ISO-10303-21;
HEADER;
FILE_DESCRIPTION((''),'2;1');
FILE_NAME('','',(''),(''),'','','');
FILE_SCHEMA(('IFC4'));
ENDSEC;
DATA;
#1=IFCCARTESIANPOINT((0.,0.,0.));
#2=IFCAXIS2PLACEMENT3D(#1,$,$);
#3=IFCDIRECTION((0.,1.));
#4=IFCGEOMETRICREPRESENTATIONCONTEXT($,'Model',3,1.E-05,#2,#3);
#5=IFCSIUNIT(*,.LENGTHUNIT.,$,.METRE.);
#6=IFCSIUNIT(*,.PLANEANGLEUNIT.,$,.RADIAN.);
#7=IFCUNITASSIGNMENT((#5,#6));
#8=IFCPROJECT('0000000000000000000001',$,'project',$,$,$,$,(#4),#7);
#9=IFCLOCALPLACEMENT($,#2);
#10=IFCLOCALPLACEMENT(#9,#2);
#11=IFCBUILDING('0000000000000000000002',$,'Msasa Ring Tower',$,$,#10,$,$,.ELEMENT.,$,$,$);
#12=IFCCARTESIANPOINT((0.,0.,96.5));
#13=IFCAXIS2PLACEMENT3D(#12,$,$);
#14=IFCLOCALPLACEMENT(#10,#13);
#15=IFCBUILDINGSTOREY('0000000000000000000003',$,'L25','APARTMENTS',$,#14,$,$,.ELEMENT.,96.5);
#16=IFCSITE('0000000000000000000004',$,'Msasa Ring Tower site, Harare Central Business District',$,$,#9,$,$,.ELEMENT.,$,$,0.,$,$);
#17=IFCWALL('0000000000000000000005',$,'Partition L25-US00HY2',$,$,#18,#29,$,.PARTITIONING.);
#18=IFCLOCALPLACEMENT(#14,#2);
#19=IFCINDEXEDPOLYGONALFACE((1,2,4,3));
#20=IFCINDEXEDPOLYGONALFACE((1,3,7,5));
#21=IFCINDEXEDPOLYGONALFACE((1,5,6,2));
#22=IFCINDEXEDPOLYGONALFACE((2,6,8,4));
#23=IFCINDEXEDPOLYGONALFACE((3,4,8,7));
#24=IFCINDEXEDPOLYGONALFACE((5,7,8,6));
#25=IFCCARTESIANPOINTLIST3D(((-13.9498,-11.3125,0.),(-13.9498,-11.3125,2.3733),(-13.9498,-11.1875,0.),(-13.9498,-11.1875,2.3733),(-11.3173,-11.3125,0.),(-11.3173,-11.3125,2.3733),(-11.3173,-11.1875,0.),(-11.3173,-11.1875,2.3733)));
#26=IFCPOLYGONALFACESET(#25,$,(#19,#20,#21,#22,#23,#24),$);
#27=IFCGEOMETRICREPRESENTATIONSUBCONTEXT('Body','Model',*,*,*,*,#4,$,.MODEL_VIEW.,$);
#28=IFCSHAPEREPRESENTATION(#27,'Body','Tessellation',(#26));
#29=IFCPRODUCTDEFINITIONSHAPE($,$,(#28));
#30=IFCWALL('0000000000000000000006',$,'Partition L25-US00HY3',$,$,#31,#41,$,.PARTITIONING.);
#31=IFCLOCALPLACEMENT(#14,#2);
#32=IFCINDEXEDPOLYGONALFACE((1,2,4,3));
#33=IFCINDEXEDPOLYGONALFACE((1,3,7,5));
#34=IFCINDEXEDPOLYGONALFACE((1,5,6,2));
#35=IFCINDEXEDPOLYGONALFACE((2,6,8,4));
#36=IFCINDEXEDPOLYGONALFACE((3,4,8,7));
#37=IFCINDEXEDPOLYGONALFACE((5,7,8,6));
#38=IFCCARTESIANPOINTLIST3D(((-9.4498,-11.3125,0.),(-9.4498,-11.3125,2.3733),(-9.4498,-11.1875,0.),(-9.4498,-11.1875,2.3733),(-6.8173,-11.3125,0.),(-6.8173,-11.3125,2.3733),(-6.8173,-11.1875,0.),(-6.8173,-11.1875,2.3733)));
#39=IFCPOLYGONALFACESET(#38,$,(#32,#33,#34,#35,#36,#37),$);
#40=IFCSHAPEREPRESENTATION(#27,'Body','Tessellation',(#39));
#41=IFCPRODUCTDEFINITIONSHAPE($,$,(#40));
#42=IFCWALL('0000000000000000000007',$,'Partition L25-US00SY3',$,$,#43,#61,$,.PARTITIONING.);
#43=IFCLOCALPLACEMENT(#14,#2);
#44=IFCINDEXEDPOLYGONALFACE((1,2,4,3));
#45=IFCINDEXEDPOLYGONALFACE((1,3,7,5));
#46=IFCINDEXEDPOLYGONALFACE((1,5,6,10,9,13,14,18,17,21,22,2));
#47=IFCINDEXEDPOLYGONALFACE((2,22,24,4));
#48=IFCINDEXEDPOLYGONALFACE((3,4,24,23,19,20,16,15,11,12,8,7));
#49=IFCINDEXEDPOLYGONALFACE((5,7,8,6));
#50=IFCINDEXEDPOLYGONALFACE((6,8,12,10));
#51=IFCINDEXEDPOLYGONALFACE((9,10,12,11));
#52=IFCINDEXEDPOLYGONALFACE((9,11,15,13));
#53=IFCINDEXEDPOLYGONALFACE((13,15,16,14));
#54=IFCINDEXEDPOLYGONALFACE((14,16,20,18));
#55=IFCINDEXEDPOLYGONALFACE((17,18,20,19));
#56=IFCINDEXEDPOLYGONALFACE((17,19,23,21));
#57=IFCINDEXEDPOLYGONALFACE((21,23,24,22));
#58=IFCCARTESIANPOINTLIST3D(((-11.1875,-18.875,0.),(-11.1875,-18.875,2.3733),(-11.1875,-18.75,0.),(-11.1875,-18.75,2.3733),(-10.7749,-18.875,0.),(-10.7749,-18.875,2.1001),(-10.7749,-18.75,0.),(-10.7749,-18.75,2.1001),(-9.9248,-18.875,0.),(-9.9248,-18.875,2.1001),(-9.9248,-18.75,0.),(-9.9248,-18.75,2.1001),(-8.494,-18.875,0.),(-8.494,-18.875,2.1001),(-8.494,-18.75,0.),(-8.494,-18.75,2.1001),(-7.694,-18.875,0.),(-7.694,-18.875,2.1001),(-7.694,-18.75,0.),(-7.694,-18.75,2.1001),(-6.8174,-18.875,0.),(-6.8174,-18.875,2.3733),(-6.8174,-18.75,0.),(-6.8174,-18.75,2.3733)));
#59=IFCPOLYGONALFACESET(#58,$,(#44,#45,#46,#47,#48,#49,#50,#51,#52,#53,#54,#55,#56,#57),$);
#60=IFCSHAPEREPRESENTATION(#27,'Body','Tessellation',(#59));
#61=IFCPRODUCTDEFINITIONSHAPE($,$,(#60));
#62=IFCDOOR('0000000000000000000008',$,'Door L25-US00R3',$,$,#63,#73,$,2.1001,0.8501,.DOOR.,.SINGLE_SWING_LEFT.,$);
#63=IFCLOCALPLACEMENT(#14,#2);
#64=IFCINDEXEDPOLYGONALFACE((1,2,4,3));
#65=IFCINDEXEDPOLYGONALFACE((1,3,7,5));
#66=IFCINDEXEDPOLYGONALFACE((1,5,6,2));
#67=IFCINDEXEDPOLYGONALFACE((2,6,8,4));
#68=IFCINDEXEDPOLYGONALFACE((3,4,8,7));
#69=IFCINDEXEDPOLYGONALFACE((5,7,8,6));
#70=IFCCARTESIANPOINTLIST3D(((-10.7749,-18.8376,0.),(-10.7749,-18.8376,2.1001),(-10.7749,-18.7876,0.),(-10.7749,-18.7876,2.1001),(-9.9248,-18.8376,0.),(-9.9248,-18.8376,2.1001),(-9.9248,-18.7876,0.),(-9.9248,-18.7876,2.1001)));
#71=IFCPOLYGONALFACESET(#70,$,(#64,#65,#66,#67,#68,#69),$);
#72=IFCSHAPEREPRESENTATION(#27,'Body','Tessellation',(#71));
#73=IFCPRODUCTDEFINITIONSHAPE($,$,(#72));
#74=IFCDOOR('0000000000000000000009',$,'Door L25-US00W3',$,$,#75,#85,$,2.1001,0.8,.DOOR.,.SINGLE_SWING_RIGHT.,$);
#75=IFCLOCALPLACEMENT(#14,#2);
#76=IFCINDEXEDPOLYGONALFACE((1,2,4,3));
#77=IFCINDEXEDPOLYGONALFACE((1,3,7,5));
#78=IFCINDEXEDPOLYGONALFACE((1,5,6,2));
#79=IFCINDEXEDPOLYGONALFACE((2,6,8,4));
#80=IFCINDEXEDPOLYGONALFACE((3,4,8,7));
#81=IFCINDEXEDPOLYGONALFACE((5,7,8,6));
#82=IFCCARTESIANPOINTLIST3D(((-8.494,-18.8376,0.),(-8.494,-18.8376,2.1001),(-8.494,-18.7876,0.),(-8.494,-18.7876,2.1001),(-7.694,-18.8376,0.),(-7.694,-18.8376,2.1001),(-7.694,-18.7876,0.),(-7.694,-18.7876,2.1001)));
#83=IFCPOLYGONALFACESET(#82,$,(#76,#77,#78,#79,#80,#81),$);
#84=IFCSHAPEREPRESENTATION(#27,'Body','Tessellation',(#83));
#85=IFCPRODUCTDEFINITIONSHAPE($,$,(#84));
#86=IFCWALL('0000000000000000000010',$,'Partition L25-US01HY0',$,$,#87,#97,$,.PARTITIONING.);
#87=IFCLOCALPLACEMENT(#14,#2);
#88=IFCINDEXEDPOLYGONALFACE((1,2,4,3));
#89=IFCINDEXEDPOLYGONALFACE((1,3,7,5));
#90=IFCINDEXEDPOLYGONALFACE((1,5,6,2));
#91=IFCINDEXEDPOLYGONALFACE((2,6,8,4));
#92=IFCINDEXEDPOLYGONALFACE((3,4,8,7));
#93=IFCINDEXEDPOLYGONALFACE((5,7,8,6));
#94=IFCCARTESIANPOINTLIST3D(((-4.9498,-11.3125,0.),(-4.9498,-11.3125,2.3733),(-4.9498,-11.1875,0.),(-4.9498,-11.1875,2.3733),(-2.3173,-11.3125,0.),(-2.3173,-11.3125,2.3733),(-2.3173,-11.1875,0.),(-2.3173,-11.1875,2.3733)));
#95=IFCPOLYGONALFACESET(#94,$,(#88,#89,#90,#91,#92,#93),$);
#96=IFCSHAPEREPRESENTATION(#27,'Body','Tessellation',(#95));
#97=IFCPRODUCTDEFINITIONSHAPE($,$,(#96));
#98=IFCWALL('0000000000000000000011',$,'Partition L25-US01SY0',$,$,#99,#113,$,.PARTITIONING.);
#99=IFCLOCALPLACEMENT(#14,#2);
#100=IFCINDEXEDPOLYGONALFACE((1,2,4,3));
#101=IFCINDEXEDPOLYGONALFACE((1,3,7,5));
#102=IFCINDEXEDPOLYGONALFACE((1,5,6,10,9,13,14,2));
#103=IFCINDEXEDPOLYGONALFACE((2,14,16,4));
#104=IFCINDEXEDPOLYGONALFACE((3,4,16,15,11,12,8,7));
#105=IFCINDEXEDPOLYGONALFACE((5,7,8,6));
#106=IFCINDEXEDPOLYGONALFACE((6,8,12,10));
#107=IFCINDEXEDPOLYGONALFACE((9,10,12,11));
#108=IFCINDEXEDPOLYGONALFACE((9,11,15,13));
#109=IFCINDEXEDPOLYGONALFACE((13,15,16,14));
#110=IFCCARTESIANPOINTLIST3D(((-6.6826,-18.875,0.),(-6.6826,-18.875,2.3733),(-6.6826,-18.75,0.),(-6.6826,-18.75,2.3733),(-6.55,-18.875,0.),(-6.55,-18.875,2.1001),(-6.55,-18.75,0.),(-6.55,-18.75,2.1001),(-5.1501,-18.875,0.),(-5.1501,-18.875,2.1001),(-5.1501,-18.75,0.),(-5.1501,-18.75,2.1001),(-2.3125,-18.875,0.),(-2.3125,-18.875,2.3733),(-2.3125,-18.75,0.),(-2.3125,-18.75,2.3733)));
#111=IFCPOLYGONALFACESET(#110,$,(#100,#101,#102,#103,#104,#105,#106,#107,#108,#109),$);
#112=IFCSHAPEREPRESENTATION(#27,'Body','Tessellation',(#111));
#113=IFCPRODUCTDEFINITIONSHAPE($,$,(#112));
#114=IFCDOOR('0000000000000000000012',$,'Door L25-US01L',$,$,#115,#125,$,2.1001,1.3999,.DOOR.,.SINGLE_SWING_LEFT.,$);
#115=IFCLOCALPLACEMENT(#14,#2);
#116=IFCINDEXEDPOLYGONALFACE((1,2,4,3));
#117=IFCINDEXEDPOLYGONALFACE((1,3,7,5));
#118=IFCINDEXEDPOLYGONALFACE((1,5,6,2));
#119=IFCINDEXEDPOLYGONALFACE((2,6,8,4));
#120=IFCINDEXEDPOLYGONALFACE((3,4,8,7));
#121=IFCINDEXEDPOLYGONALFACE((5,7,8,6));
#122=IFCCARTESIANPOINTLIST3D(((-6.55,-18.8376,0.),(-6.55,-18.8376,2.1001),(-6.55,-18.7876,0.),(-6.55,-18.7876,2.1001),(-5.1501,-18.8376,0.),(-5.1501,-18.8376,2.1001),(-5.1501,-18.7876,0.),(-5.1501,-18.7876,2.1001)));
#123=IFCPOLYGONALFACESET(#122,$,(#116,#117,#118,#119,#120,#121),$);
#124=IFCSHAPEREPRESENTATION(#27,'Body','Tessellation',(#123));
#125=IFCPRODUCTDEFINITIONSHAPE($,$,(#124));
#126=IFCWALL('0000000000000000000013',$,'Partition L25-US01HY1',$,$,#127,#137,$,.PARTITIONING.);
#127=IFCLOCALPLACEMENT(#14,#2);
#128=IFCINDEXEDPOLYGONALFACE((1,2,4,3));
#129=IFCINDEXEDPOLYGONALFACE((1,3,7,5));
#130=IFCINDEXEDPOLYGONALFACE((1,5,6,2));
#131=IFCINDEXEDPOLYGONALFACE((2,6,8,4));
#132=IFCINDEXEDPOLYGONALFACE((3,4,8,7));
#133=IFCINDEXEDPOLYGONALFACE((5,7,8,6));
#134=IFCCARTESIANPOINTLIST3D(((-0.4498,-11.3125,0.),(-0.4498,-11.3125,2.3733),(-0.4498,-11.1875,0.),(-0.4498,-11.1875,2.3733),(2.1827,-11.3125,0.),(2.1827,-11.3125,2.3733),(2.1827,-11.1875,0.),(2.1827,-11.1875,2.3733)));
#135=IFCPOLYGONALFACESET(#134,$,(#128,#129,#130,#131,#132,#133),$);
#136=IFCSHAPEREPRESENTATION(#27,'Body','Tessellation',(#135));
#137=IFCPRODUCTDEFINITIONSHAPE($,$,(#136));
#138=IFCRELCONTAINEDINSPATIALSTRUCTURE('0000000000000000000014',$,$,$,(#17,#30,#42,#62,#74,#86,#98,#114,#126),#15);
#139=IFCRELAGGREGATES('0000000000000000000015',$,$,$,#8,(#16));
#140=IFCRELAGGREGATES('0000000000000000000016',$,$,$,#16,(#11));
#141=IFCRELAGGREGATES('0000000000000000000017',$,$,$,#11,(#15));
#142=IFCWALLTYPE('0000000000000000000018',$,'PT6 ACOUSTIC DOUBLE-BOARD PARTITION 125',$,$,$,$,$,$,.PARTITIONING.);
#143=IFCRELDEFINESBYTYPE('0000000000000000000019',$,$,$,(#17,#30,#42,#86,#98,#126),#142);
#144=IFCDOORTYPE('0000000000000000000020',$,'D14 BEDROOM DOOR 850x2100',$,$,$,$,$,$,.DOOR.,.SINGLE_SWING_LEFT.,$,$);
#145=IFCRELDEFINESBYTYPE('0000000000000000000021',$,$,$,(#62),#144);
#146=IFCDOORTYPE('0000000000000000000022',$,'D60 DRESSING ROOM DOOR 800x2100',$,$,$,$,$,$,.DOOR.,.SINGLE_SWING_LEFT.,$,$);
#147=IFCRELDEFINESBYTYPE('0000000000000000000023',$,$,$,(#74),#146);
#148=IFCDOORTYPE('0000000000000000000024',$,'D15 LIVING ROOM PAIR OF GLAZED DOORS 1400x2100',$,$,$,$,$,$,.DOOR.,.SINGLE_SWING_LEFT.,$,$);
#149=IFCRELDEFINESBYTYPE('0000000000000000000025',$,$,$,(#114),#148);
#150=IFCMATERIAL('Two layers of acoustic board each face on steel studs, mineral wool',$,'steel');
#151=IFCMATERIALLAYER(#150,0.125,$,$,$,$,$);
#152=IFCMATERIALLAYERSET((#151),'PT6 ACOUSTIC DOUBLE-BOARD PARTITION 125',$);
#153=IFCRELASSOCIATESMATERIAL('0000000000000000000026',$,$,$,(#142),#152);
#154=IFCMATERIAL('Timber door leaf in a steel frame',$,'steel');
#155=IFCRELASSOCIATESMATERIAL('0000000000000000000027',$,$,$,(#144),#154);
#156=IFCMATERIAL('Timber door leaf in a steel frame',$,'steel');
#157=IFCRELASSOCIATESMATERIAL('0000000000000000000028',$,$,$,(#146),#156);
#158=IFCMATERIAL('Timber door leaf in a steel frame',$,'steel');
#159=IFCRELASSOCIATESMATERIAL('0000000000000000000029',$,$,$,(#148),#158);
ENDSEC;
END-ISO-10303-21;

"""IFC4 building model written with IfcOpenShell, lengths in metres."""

from ifc_helpers import new_model, si_unit, direction, frame, frame_2d, origin, place, context, subcontext, project, spatial, rectangle, extrude, material, layer, layer_set, type_object, element, fill, save


model = new_model("IFC4")

# Units and contexts
model_context = context("Model", 3, precision=1e-05, world=origin(), true_north=direction((0.0, 1.0)))
body_context = subcontext(model_context, "Body", "Model", "MODEL_VIEW")
ifc_project = project(units=[si_unit("LENGTHUNIT", "METRE"), si_unit("PLANEANGLEUNIT", "RADIAN")], contexts=[model_context])

# Site, building, storey
site_placement = place(None, origin())
site = spatial("IfcSite", under=ifc_project, at=site_placement, Name="Msasa Ring Tower site, Harare Central Business District", CompositionType="ELEMENT", RefElevation=0.0)
building_placement = place(site_placement, origin())
building = spatial("IfcBuilding", under=site, at=building_placement, Name="Msasa Ring Tower", CompositionType="ELEMENT")
storey_placement = place(building_placement, frame((0.0, 0.0, 96.5)))
storey = spatial("IfcBuildingStorey", under=building, at=storey_placement, Name="L25", Description="APARTMENTS", CompositionType="ELEMENT", Elevation=96.5)

# Walls
ifc_material_1 = material(Name="Two layers of acoustic board each face on steel studs, mineral wool", Category="steel")
ifc_layer_1 = layer(ifc_material_1, 0.125)
ifc_layer_set_1 = layer_set([ifc_layer_1], Name="PT6 ACOUSTIC DOUBLE-BOARD PARTITION 125")
wall_type_1 = type_object("IfcWallType", Name="PT6 ACOUSTIC DOUBLE-BOARD PARTITION 125", PredefinedType="PARTITIONING", material=ifc_layer_set_1)
for number, where, z_axis, x_axis, name in (
    (1, (-13.95, -11.25, 0.0), (0.0, 0.0, 1.0), (1.0, 0.0, 0.0), "Partition L25-US00HY2"),
    (2, (-9.45, -11.25, 0.0), (0.0, 0.0, 1.0), (1.0, 0.0, 0.0), "Partition L25-US00HY3"),
):
    element("IfcWall", number, at=place(storey_placement, frame(where, z_axis=z_axis, x_axis=x_axis)), inside=storey, type_object=wall_type_1, Name=name, PredefinedType="PARTITIONING", context=body_context, shape_type="SweptSolid", body=[
        extrude(rectangle(XDim=2.6326, YDim=0.125, at=frame_2d((1.3164, 0.0))), origin(), (0.0, 0.0, 1.0), 2.3733),
    ])

# Wall, openings, doors
wall_1_placement = place(storey_placement, frame((-11.1875, -18.8125, 0.0), z_axis=(0.0, 0.0, 1.0), x_axis=(1.0, 0.0, 0.0)))
wall_1 = element("IfcWall", 3, at=wall_1_placement, inside=storey, type_object=wall_type_1, Name="Partition L25-US00SY3", PredefinedType="PARTITIONING", context=body_context, shape_type="SweptSolid", body=[
    extrude(rectangle(XDim=4.3701, YDim=0.125, at=frame_2d((2.1851, 0.0))), origin(), (0.0, 0.0, 1.0), 2.3733),
])
opening_1_placement = place(wall_1_placement, frame((0.4126, 0.0, 0.0)))
opening_1 = element("IfcOpeningElement", 4, at=opening_1_placement, cuts=wall_1, PredefinedType="OPENING", context=body_context, shape_type="SweptSolid", body=[
    extrude(rectangle(XDim=0.8501, YDim=2.1001, at=frame_2d((0.425, 1.05))), frame((0.0, 0.0725, 0.0), z_axis=(0.0, -1.0, 0.0), x_axis=(1.0, 0.0, 0.0)), (0.0, 0.0, 1.0), 0.145),
])
opening_2_placement = place(wall_1_placement, frame((2.6936, 0.0, 0.0)))
opening_2 = element("IfcOpeningElement", 5, at=opening_2_placement, cuts=wall_1, PredefinedType="OPENING", context=body_context, shape_type="SweptSolid", body=[
    extrude(rectangle(XDim=0.8, YDim=2.1001, at=frame_2d((0.3999, 1.05))), frame((0.0, 0.0725, 0.0), z_axis=(0.0, -1.0, 0.0), x_axis=(1.0, 0.0, 0.0)), (0.0, 0.0, 1.0), 0.145),
])
ifc_material_2 = material(Name="Timber door leaf in a steel frame", Category="steel")
door_type_1 = type_object("IfcDoorType", Name="D14 BEDROOM DOOR 850x2100", OperationType="SINGLE_SWING_LEFT", PredefinedType="DOOR", material=ifc_material_2)
door_1_placement = place(opening_1_placement, origin())
door_1 = element("IfcDoor", 6, at=door_1_placement, inside=storey, type_object=door_type_1, Name="Door L25-US00R3", OperationType="SINGLE_SWING_LEFT", OverallHeight=2.1001, OverallWidth=0.8501, PredefinedType="DOOR", context=body_context, shape_type="SweptSolid", body=[
    extrude(rectangle(XDim=0.8501, YDim=2.1001, at=frame_2d((0.425, 1.05))), frame((0.0, 0.0249, 0.0), z_axis=(0.0, -1.0, 0.0), x_axis=(1.0, 0.0, 0.0)), (0.0, 0.0, 1.0), 0.05),
])
fill(opening_1, door_1)
ifc_material_3 = material(Name="Timber door leaf in a steel frame", Category="steel")
door_type_2 = type_object("IfcDoorType", Name="D60 DRESSING ROOM DOOR 800x2100", OperationType="SINGLE_SWING_LEFT", PredefinedType="DOOR", material=ifc_material_3)
door_2_placement = place(opening_2_placement, origin())
door_2 = element("IfcDoor", 7, at=door_2_placement, inside=storey, type_object=door_type_2, Name="Door L25-US00W3", OperationType="SINGLE_SWING_RIGHT", OverallHeight=2.1001, OverallWidth=0.8, PredefinedType="DOOR", context=body_context, shape_type="SweptSolid", body=[
    extrude(rectangle(XDim=0.8, YDim=2.1001, at=frame_2d((0.3999, 1.05))), frame((0.0, 0.0249, 0.0), z_axis=(0.0, -1.0, 0.0), x_axis=(1.0, 0.0, 0.0)), (0.0, 0.0, 1.0), 0.05),
])
fill(opening_2, door_2)

# Wall
wall_2_placement = place(storey_placement, frame((-4.95, -11.25, 0.0), z_axis=(0.0, 0.0, 1.0), x_axis=(1.0, 0.0, 0.0)))
element("IfcWall", 8, at=wall_2_placement, inside=storey, type_object=wall_type_1, Name="Partition L25-US01HY0", PredefinedType="PARTITIONING", context=body_context, shape_type="SweptSolid", body=[
    extrude(rectangle(XDim=2.6326, YDim=0.125, at=frame_2d((1.3164, 0.0))), origin(), (0.0, 0.0, 1.0), 2.3733),
])

# Wall, opening, door
wall_3_placement = place(storey_placement, frame((-6.6826, -18.8125, 0.0), z_axis=(0.0, 0.0, 1.0), x_axis=(1.0, 0.0, 0.0)))
wall_3 = element("IfcWall", 9, at=wall_3_placement, inside=storey, type_object=wall_type_1, Name="Partition L25-US01SY0", PredefinedType="PARTITIONING", context=body_context, shape_type="SweptSolid", body=[
    extrude(rectangle(XDim=4.3701, YDim=0.125, at=frame_2d((2.1851, 0.0))), origin(), (0.0, 0.0, 1.0), 2.3733),
])
opening_3_placement = place(wall_3_placement, frame((0.1326, 0.0, 0.0)))
opening_3 = element("IfcOpeningElement", 10, at=opening_3_placement, cuts=wall_3, PredefinedType="OPENING", context=body_context, shape_type="SweptSolid", body=[
    extrude(rectangle(XDim=1.3999, YDim=2.1001, at=frame_2d((0.7, 1.05))), frame((0.0, 0.0725, 0.0), z_axis=(0.0, -1.0, 0.0), x_axis=(1.0, 0.0, 0.0)), (0.0, 0.0, 1.0), 0.145),
])
ifc_material_4 = material(Name="Timber door leaf in a steel frame", Category="steel")
door_type_3 = type_object("IfcDoorType", Name="D15 LIVING ROOM PAIR OF GLAZED DOORS 1400x2100", OperationType="SINGLE_SWING_LEFT", PredefinedType="DOOR", material=ifc_material_4)
door_3_placement = place(opening_3_placement, origin())
door_3 = element("IfcDoor", 11, at=door_3_placement, inside=storey, type_object=door_type_3, Name="Door L25-US01L", OperationType="SINGLE_SWING_LEFT", OverallHeight=2.1001, OverallWidth=1.3999, PredefinedType="DOOR", context=body_context, shape_type="SweptSolid", body=[
    extrude(rectangle(XDim=1.3999, YDim=2.1001, at=frame_2d((0.7, 1.05))), frame((0.0, 0.0249, 0.0), z_axis=(0.0, -1.0, 0.0), x_axis=(1.0, 0.0, 0.0)), (0.0, 0.0, 1.0), 0.05),
])
fill(opening_3, door_3)

# Wall
wall_4_placement = place(storey_placement, frame((-0.45, -11.25, 0.0), z_axis=(0.0, 0.0, 1.0), x_axis=(1.0, 0.0, 0.0)))
element("IfcWall", 12, at=wall_4_placement, inside=storey, type_object=wall_type_1, Name="Partition L25-US01HY1", PredefinedType="PARTITIONING", context=body_context, shape_type="SweptSolid", body=[
    extrude(rectangle(XDim=2.6326, YDim=0.125, at=frame_2d((1.3164, 0.0))), origin(), (0.0, 0.0, 1.0), 2.3733),
])

save(model, "model.ifc")
